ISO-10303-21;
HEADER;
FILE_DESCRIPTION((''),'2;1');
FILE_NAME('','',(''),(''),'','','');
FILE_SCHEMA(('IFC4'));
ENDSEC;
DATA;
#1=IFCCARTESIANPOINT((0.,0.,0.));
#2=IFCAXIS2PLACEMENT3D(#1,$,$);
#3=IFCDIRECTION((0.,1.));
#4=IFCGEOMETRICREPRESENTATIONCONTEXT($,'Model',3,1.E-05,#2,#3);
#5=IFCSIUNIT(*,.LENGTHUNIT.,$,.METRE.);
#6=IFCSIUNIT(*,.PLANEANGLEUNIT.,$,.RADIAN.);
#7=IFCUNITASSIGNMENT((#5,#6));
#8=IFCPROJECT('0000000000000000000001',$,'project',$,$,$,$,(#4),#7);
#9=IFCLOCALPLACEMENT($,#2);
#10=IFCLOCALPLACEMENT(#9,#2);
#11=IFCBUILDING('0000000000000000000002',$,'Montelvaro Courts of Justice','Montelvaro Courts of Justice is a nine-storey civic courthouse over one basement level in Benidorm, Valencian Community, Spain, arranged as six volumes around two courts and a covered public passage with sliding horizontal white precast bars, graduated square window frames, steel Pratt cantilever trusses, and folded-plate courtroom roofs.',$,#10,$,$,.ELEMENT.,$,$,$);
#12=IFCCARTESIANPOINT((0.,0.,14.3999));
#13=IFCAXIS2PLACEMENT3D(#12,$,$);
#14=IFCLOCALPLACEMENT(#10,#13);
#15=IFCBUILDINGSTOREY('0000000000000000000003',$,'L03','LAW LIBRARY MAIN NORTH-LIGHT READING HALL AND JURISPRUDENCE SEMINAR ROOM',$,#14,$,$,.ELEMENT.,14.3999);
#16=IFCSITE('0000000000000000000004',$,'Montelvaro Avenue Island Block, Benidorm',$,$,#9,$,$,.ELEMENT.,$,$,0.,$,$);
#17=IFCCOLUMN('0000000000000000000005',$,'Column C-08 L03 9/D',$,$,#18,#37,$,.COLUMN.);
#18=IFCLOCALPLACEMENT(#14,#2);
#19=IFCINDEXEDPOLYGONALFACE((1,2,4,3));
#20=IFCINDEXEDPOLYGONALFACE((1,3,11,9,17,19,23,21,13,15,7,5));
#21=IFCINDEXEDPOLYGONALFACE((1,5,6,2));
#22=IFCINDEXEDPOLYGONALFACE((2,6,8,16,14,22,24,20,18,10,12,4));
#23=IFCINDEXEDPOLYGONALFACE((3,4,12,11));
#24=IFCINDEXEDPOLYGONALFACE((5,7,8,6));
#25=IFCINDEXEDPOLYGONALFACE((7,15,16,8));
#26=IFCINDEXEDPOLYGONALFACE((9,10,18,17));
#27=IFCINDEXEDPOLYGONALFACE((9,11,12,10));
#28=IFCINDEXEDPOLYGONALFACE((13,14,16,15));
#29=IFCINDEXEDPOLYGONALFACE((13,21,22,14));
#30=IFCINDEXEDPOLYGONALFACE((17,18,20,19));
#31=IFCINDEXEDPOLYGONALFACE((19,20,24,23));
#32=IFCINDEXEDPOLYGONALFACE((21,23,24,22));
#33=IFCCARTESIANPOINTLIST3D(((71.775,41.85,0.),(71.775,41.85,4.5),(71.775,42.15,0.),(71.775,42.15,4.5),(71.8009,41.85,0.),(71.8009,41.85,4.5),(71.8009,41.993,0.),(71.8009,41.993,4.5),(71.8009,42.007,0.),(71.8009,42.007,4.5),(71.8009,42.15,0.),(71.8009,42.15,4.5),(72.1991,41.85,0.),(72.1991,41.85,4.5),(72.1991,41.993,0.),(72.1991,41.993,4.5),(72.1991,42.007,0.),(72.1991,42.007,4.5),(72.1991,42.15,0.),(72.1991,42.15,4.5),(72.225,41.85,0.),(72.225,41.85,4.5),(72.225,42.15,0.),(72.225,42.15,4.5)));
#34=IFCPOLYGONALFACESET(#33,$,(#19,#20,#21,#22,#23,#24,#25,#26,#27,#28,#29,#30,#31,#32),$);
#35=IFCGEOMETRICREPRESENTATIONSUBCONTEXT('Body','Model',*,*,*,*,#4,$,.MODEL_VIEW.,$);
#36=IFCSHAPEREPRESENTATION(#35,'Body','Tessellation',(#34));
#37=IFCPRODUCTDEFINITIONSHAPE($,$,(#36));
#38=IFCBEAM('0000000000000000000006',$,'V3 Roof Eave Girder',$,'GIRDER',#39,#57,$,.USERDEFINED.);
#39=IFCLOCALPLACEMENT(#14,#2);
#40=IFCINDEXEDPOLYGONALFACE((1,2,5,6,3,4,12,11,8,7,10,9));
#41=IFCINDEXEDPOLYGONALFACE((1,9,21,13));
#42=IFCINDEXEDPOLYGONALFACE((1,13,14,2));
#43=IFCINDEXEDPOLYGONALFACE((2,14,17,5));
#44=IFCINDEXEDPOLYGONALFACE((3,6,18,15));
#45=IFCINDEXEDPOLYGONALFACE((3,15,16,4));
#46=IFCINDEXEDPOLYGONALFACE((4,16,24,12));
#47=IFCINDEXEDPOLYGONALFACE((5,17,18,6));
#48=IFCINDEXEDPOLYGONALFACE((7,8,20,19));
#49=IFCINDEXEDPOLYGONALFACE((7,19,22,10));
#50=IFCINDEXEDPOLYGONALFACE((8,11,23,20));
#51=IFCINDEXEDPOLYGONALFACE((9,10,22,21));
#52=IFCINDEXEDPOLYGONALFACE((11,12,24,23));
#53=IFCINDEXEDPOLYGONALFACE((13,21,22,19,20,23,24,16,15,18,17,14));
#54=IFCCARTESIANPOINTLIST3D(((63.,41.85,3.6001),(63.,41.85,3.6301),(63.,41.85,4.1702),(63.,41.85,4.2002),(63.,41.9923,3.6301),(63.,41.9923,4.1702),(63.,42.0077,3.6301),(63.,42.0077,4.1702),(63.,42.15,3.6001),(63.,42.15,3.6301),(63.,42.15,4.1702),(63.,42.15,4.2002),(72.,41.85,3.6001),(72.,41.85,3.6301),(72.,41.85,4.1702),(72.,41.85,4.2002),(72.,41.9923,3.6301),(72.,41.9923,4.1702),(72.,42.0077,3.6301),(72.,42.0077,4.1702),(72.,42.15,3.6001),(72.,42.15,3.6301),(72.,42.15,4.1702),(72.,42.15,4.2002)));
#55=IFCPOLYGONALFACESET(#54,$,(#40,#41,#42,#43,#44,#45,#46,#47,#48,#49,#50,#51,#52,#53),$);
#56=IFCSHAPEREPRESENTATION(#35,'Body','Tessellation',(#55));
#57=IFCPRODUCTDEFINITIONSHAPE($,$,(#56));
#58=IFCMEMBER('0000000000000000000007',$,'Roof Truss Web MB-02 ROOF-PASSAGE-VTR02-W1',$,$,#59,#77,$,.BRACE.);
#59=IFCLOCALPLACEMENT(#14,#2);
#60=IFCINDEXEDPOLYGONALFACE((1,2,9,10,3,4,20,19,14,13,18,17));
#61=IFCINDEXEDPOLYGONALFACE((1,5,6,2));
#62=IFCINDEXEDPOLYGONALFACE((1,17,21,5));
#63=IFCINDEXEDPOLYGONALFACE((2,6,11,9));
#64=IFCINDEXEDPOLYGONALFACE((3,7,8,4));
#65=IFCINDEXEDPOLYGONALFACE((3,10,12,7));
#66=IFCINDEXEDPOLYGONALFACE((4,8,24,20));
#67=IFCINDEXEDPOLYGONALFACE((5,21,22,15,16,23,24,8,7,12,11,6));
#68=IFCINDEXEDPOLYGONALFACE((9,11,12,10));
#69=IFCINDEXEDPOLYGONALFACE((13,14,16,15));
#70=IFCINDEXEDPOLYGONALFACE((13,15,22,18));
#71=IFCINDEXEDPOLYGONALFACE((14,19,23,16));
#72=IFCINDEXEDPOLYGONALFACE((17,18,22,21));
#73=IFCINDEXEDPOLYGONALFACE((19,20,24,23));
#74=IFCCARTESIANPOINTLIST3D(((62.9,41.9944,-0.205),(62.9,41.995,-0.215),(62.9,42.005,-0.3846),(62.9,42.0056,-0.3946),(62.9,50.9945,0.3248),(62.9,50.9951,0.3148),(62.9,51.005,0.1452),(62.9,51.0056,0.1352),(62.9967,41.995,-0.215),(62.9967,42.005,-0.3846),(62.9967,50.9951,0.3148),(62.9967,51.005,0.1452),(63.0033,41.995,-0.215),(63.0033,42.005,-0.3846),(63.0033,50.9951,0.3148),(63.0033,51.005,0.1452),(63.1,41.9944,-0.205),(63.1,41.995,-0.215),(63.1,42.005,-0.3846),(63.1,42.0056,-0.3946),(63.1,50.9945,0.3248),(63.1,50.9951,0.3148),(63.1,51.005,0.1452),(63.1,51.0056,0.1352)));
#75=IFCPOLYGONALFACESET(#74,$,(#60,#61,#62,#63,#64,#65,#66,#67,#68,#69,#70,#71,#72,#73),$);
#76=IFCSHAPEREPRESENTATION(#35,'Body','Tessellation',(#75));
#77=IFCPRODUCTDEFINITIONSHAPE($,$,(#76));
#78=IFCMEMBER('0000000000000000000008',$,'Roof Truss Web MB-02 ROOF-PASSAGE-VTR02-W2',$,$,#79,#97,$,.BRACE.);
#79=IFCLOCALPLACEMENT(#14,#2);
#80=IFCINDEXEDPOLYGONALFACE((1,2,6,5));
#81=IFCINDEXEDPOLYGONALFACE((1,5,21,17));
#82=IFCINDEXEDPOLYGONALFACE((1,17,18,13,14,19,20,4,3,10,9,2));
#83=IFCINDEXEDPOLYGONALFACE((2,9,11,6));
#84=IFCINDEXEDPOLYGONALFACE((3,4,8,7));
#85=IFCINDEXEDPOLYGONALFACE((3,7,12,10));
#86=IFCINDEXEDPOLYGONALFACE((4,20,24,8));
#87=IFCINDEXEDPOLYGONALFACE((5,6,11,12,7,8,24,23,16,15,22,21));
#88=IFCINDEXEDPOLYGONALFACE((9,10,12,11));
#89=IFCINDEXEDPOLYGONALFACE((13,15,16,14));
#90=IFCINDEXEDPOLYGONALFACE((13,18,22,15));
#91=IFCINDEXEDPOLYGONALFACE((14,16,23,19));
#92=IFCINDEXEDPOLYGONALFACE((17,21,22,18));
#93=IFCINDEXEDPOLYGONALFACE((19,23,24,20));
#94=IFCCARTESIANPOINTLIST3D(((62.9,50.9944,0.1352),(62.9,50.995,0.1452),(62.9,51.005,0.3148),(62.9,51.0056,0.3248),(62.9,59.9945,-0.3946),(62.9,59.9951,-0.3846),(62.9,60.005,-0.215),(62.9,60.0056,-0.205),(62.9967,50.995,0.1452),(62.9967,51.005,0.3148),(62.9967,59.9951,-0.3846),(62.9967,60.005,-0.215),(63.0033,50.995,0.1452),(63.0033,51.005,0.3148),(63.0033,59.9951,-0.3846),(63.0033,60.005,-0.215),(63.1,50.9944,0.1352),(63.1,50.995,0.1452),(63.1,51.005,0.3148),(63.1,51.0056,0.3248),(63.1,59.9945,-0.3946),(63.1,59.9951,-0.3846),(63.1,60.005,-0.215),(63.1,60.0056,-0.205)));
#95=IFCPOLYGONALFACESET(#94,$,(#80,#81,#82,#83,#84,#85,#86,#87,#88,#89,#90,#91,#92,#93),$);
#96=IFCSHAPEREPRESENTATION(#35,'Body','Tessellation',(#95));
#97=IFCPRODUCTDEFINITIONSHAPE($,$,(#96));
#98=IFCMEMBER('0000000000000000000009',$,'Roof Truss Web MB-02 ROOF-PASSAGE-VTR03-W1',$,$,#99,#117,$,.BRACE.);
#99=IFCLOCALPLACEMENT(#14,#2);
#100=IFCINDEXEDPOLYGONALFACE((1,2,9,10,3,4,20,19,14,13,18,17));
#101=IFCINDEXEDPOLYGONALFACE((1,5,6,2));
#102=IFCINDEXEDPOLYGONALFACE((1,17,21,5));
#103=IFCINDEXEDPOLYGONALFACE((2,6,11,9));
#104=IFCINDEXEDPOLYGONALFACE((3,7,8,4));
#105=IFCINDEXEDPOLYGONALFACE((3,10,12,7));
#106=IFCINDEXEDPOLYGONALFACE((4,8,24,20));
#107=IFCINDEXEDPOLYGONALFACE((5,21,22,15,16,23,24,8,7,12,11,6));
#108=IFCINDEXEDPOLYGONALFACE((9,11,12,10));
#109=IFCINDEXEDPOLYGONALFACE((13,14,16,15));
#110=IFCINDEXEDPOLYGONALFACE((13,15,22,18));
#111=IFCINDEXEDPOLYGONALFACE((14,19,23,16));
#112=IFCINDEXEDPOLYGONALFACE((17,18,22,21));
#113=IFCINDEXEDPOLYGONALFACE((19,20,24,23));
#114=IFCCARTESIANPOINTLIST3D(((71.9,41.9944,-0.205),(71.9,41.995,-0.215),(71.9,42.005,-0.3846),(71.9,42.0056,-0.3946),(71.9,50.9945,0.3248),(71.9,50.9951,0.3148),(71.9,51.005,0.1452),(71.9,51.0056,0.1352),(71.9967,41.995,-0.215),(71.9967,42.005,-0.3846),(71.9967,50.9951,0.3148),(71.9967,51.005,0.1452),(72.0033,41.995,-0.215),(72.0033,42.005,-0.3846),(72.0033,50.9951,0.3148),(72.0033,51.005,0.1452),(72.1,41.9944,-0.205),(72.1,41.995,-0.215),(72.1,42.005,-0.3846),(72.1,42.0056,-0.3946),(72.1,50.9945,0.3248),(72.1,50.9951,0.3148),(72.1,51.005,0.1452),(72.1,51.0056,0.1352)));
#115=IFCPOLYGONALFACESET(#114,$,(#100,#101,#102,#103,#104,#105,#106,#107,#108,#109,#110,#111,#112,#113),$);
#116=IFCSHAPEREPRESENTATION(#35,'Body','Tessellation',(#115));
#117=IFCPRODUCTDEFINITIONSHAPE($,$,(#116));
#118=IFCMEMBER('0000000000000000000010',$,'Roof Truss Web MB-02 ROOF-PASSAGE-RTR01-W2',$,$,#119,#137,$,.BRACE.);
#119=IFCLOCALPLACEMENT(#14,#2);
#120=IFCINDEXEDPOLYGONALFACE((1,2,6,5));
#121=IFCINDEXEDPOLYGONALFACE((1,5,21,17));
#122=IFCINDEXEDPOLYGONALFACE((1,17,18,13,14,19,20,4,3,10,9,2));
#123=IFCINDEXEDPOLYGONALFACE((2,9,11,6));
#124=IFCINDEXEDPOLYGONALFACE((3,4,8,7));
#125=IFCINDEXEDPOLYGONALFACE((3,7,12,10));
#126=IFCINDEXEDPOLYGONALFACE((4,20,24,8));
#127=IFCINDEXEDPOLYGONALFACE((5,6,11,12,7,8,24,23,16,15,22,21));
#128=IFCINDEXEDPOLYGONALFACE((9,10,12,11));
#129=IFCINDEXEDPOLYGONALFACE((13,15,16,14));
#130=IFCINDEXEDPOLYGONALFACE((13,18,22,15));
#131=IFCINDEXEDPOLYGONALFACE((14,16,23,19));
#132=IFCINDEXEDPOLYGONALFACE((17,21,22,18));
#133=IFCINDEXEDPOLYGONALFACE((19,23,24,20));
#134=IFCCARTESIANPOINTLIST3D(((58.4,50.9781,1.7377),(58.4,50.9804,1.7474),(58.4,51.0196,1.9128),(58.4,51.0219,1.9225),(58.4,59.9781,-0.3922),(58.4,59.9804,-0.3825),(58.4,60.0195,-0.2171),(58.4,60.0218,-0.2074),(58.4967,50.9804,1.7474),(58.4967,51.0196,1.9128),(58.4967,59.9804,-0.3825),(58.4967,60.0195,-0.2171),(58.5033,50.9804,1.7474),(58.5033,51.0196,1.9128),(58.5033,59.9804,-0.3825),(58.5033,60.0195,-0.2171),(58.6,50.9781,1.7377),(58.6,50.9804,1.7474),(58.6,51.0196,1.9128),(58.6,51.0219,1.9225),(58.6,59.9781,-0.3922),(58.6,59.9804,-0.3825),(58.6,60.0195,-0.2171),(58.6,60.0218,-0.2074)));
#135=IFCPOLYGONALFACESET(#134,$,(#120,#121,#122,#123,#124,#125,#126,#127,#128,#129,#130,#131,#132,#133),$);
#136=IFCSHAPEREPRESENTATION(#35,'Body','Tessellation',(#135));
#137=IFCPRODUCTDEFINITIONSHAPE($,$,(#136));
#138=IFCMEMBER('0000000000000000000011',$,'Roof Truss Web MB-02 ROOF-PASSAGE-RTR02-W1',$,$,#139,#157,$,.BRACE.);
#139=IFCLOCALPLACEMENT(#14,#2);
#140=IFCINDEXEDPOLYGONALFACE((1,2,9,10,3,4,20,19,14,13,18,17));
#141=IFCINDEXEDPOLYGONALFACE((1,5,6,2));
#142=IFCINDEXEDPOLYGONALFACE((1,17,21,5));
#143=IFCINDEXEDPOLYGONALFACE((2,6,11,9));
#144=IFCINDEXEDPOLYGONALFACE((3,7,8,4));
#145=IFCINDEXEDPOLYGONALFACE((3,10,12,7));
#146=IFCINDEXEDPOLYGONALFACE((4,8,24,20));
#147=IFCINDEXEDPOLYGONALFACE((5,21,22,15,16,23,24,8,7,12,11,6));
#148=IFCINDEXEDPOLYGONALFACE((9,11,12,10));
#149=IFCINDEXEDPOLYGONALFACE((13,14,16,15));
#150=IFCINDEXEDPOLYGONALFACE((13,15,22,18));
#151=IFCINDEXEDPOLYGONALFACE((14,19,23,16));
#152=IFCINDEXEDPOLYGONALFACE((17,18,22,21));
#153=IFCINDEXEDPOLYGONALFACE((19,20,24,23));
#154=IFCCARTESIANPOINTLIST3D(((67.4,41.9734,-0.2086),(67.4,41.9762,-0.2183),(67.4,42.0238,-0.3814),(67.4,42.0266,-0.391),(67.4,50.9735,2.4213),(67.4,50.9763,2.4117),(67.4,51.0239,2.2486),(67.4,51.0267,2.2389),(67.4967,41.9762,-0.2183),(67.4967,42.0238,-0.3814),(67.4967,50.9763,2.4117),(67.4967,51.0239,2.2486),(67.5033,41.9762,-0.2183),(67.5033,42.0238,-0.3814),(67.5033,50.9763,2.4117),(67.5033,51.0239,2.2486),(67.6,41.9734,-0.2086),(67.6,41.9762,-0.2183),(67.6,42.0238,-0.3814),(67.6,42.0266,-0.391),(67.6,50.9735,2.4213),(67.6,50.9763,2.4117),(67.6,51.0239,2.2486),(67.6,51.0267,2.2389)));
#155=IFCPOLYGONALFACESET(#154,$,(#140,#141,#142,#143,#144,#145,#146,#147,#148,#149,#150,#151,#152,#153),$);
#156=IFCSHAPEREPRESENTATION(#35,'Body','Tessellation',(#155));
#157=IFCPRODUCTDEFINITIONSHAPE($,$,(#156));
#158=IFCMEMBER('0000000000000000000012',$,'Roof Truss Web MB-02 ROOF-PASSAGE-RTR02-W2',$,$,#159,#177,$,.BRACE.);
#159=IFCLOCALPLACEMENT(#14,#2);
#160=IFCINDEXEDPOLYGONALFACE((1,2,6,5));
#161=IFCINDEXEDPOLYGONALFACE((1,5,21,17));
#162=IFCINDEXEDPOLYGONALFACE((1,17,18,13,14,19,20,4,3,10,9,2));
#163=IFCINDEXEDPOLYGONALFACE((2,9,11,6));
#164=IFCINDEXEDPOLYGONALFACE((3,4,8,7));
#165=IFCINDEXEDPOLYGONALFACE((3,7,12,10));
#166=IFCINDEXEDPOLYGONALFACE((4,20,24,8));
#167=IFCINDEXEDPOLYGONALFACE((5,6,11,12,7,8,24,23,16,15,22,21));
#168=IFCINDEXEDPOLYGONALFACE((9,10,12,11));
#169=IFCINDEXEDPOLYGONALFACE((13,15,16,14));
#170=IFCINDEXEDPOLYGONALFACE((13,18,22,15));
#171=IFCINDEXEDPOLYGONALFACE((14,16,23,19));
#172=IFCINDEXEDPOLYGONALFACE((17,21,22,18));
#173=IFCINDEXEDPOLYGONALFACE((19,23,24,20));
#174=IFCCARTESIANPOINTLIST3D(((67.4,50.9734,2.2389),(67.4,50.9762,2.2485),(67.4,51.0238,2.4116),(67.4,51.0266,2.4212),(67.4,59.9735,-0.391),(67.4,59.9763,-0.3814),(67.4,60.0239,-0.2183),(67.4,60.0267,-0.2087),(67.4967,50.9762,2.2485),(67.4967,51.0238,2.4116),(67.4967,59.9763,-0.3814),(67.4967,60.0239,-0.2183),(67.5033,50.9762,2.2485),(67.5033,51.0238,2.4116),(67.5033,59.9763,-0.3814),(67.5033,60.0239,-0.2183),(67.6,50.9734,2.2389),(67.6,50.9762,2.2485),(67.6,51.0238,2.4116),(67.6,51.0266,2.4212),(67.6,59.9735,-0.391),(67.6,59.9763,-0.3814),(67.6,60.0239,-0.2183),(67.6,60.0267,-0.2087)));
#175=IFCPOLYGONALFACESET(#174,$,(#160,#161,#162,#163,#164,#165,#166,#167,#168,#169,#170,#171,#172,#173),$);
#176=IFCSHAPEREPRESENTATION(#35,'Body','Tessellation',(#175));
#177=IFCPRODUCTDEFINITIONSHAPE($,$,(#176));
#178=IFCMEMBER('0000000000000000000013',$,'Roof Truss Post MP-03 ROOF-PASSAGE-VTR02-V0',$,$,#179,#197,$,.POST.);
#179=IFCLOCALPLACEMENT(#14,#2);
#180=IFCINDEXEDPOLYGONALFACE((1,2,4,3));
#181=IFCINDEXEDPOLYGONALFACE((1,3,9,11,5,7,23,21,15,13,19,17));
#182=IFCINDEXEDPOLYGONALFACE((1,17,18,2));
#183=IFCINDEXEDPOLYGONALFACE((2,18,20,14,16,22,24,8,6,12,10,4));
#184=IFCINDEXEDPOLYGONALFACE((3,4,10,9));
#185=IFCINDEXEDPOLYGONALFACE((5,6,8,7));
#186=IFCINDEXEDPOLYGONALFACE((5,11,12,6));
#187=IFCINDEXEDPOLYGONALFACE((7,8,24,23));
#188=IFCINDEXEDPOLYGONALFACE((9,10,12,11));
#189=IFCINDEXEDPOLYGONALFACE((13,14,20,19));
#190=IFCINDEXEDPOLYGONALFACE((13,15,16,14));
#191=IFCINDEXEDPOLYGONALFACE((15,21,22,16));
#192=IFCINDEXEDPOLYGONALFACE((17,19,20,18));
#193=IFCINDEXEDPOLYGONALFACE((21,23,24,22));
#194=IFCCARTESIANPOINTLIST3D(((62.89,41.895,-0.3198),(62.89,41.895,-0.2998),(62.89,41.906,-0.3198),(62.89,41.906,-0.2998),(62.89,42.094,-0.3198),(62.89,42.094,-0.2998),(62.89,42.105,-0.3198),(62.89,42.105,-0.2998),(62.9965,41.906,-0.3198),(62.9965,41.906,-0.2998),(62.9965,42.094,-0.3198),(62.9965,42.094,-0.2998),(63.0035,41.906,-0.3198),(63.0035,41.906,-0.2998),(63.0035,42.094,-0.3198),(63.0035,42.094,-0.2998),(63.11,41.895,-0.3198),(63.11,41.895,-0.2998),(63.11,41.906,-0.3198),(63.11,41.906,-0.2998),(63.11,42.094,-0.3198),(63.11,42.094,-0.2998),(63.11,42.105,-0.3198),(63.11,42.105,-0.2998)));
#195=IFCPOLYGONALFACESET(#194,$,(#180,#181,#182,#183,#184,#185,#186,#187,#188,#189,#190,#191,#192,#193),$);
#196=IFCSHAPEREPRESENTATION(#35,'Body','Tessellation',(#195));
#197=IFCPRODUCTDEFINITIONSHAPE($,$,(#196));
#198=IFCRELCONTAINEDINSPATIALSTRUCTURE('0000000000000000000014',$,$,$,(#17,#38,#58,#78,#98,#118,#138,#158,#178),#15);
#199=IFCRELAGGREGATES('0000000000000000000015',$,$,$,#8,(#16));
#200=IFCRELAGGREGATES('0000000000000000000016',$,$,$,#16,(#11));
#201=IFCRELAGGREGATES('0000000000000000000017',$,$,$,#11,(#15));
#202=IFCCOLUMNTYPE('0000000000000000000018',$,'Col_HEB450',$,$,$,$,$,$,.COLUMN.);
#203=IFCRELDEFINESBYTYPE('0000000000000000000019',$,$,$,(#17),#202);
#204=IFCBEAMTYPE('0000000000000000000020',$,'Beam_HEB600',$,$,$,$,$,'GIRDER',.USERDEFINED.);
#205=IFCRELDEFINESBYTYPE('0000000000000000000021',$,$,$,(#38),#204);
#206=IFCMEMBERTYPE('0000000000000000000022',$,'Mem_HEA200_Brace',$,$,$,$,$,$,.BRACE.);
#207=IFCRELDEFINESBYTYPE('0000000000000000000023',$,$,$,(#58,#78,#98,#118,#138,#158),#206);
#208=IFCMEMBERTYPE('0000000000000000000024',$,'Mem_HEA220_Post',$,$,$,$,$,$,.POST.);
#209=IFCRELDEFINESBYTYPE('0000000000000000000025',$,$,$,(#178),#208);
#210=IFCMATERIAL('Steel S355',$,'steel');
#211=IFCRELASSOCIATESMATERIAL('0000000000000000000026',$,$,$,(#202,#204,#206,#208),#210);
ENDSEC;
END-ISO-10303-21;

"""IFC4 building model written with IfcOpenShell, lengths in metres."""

from ifc_helpers import new_model, si_unit, direction, frame, origin, origin_2d, place, context, subcontext, project, spatial, i_section, extrude, material, material_profile, profile_set, type_object, element, save


model = new_model("IFC4")

# Units and contexts
model_context = context("Model", 3, precision=1e-05, world=origin(), true_north=direction((0.0, 1.0)))
body_context = subcontext(model_context, "Body", "Model", "MODEL_VIEW")
ifc_project = project(units=[si_unit("LENGTHUNIT", "METRE"), si_unit("PLANEANGLEUNIT", "RADIAN")], contexts=[model_context])

# Site, building, storey
site_placement = place(None, origin())
site = spatial("IfcSite", under=ifc_project, at=site_placement, Name="Montelvaro Avenue Island Block, Benidorm", CompositionType="ELEMENT", RefElevation=0.0)
building_placement = place(site_placement, origin())
building = spatial("IfcBuilding", under=site, at=building_placement, Name="Montelvaro Courts of Justice", Description="Montelvaro Courts of Justice is a nine-storey civic courthouse over one basement level in Benidorm, Valencian Community, Spain, arranged as six volumes around two courts and a covered public passage with sliding horizontal white precast bars, graduated square window frames, steel Pratt cantilever trusses, and folded-plate courtroom roofs.", CompositionType="ELEMENT")
storey_placement = place(building_placement, frame((0.0, 0.0, 14.3999)))
storey = spatial("IfcBuildingStorey", under=building, at=storey_placement, Name="L03", Description="LAW LIBRARY MAIN NORTH-LIGHT READING HALL AND JURISPRUDENCE SEMINAR ROOM", CompositionType="ELEMENT", Elevation=14.3999)

# Column
ifc_material_1 = material(Name="Steel S355", Category="steel")
ifc_material_profile_1 = material_profile(ifc_material_1, i_section(OverallWidth=0.3, OverallDepth=0.45, WebThickness=0.0139, FlangeThickness=0.0259, at=origin_2d()), Name="HEB 450")
ifc_profile_set_1 = profile_set([ifc_material_profile_1], Name="Steel S355")
column_type = type_object("IfcColumnType", Name="Col_HEB450", PredefinedType="COLUMN", material=ifc_profile_set_1)
column_placement = place(storey_placement, frame((72.0, 42.0, 0.0), z_axis=(0.0, 0.0, 1.0), x_axis=(0.0, 1.0, 0.0)))
element("IfcColumn", 1, at=column_placement, inside=storey, type_object=column_type, Name="Column C-08 L03 9/D", PredefinedType="COLUMN", context=body_context, shape_type="SweptSolid", body=[
    extrude(i_section(OverallWidth=0.3, OverallDepth=0.45, WebThickness=0.0139, FlangeThickness=0.0259, at=origin_2d()), origin(), (0.0, 0.0, 1.0), 4.5),
])

# Beam
ifc_material_profile_2 = material_profile(ifc_material_1, i_section(OverallWidth=0.3, OverallDepth=0.6001, WebThickness=0.0154, FlangeThickness=0.03, at=origin_2d()), Name="HEB 600")
ifc_profile_set_2 = profile_set([ifc_material_profile_2], Name="Steel S355")
beam_type = type_object("IfcBeamType", Name="Beam_HEB600", ElementType="GIRDER", PredefinedType="USERDEFINED", material=ifc_profile_set_2)
beam_placement = place(storey_placement, frame((63.0, 42.0, 3.9001), z_axis=(1.0, 0.0, 0.0), x_axis=(0.0, 1.0, 0.0)))
element("IfcBeam", 2, at=beam_placement, inside=storey, type_object=beam_type, Name="V3 Roof Eave Girder", ObjectType="GIRDER", PredefinedType="USERDEFINED", context=body_context, shape_type="SweptSolid", body=[
    extrude(i_section(OverallWidth=0.3, OverallDepth=0.6001, WebThickness=0.0154, FlangeThickness=0.03, at=origin_2d()), origin(), (0.0, 0.0, 1.0), 9.0),
])

# Members
ifc_material_profile_3 = material_profile(ifc_material_1, i_section(OverallWidth=0.2, OverallDepth=0.1899, WebThickness=0.0066, FlangeThickness=0.01, at=origin_2d()), Name="HEA 200")
ifc_profile_set_3 = profile_set([ifc_material_profile_3], Name="Steel S355")
member_type_1 = type_object("IfcMemberType", Name="Mem_HEA200_Brace", PredefinedType="BRACE", material=ifc_profile_set_3)
for number, where, z_axis, x_axis, name in (
    (3, (63.0, 42.0, -0.2998), (0.0, 0.998272, 0.058763), (-1.0, 0.0, 0.0), "Roof Truss Web MB-02 ROOF-PASSAGE-VTR02-W1"),
    (4, (63.0, 51.0, 0.23), (0.0, 0.998272, -0.058763), (-1.0, 0.0, 0.0), "Roof Truss Web MB-02 ROOF-PASSAGE-VTR02-W2"),
    (5, (72.0, 42.0, -0.2998), (0.0, 0.998272, 0.058763), (-1.0, 0.0, 0.0), "Roof Truss Web MB-02 ROOF-PASSAGE-VTR03-W1"),
):
    element("IfcMember", number, at=place(storey_placement, frame(where, z_axis=z_axis, x_axis=x_axis)), inside=storey, type_object=member_type_1, Name=name, PredefinedType="BRACE", context=body_context, shape_type="SweptSolid", body=[
        extrude(i_section(OverallWidth=0.2, OverallDepth=0.1899, WebThickness=0.0066, FlangeThickness=0.01, at=origin_2d()), origin(), (0.0, 0.0, 1.0), 9.0156),
    ])
member_1_placement = place(storey_placement, frame((58.5, 51.0, 1.8301), z_axis=(0.0, 0.973121, -0.230293), x_axis=(-1.0, 0.0, 0.0)))
element("IfcMember", 6, at=member_1_placement, inside=storey, type_object=member_type_1, Name="Roof Truss Web MB-02 ROOF-PASSAGE-RTR01-W2", PredefinedType="BRACE", context=body_context, shape_type="SweptSolid", body=[
    extrude(i_section(OverallWidth=0.2, OverallDepth=0.1899, WebThickness=0.0066, FlangeThickness=0.01, at=origin_2d()), origin(), (0.0, 0.0, 1.0), 9.2485),
])
for number, where, z_axis, x_axis, name in (
    (7, (67.5, 42.0, -0.2998), (0.0, 0.95986, 0.28048), (-1.0, 0.0, 0.0), "Roof Truss Web MB-02 ROOF-PASSAGE-RTR02-W1"),
    (8, (67.5, 51.0, 2.3301), (0.0, 0.95986, -0.28048), (-1.0, 0.0, 0.0), "Roof Truss Web MB-02 ROOF-PASSAGE-RTR02-W2"),
):
    element("IfcMember", number, at=place(storey_placement, frame(where, z_axis=z_axis, x_axis=x_axis)), inside=storey, type_object=member_type_1, Name=name, PredefinedType="BRACE", context=body_context, shape_type="SweptSolid", body=[
        extrude(i_section(OverallWidth=0.2, OverallDepth=0.1899, WebThickness=0.0066, FlangeThickness=0.01, at=origin_2d()), origin(), (0.0, 0.0, 1.0), 9.3765),
    ])
ifc_material_profile_4 = material_profile(ifc_material_1, i_section(OverallWidth=0.22, OverallDepth=0.21, WebThickness=0.0071, FlangeThickness=0.011, at=origin_2d()), Name="HEA 220")
ifc_profile_set_4 = profile_set([ifc_material_profile_4], Name="Steel S355")
member_type_2 = type_object("IfcMemberType", Name="Mem_HEA220_Post", PredefinedType="POST", material=ifc_profile_set_4)
member_2_placement = place(storey_placement, frame((63.0, 42.0, -0.2998), z_axis=(0.0, 0.0, -1.0), x_axis=(1.0, 0.0, 0.0)))
element("IfcMember", 9, at=member_2_placement, inside=storey, type_object=member_type_2, Name="Roof Truss Post MP-03 ROOF-PASSAGE-VTR02-V0", PredefinedType="POST", context=body_context, shape_type="SweptSolid", body=[
    extrude(i_section(OverallWidth=0.22, OverallDepth=0.21, WebThickness=0.0071, FlangeThickness=0.011, at=origin_2d()), origin(), (0.0, 0.0, 1.0), 0.02),
])

save(model, "model.ifc")
